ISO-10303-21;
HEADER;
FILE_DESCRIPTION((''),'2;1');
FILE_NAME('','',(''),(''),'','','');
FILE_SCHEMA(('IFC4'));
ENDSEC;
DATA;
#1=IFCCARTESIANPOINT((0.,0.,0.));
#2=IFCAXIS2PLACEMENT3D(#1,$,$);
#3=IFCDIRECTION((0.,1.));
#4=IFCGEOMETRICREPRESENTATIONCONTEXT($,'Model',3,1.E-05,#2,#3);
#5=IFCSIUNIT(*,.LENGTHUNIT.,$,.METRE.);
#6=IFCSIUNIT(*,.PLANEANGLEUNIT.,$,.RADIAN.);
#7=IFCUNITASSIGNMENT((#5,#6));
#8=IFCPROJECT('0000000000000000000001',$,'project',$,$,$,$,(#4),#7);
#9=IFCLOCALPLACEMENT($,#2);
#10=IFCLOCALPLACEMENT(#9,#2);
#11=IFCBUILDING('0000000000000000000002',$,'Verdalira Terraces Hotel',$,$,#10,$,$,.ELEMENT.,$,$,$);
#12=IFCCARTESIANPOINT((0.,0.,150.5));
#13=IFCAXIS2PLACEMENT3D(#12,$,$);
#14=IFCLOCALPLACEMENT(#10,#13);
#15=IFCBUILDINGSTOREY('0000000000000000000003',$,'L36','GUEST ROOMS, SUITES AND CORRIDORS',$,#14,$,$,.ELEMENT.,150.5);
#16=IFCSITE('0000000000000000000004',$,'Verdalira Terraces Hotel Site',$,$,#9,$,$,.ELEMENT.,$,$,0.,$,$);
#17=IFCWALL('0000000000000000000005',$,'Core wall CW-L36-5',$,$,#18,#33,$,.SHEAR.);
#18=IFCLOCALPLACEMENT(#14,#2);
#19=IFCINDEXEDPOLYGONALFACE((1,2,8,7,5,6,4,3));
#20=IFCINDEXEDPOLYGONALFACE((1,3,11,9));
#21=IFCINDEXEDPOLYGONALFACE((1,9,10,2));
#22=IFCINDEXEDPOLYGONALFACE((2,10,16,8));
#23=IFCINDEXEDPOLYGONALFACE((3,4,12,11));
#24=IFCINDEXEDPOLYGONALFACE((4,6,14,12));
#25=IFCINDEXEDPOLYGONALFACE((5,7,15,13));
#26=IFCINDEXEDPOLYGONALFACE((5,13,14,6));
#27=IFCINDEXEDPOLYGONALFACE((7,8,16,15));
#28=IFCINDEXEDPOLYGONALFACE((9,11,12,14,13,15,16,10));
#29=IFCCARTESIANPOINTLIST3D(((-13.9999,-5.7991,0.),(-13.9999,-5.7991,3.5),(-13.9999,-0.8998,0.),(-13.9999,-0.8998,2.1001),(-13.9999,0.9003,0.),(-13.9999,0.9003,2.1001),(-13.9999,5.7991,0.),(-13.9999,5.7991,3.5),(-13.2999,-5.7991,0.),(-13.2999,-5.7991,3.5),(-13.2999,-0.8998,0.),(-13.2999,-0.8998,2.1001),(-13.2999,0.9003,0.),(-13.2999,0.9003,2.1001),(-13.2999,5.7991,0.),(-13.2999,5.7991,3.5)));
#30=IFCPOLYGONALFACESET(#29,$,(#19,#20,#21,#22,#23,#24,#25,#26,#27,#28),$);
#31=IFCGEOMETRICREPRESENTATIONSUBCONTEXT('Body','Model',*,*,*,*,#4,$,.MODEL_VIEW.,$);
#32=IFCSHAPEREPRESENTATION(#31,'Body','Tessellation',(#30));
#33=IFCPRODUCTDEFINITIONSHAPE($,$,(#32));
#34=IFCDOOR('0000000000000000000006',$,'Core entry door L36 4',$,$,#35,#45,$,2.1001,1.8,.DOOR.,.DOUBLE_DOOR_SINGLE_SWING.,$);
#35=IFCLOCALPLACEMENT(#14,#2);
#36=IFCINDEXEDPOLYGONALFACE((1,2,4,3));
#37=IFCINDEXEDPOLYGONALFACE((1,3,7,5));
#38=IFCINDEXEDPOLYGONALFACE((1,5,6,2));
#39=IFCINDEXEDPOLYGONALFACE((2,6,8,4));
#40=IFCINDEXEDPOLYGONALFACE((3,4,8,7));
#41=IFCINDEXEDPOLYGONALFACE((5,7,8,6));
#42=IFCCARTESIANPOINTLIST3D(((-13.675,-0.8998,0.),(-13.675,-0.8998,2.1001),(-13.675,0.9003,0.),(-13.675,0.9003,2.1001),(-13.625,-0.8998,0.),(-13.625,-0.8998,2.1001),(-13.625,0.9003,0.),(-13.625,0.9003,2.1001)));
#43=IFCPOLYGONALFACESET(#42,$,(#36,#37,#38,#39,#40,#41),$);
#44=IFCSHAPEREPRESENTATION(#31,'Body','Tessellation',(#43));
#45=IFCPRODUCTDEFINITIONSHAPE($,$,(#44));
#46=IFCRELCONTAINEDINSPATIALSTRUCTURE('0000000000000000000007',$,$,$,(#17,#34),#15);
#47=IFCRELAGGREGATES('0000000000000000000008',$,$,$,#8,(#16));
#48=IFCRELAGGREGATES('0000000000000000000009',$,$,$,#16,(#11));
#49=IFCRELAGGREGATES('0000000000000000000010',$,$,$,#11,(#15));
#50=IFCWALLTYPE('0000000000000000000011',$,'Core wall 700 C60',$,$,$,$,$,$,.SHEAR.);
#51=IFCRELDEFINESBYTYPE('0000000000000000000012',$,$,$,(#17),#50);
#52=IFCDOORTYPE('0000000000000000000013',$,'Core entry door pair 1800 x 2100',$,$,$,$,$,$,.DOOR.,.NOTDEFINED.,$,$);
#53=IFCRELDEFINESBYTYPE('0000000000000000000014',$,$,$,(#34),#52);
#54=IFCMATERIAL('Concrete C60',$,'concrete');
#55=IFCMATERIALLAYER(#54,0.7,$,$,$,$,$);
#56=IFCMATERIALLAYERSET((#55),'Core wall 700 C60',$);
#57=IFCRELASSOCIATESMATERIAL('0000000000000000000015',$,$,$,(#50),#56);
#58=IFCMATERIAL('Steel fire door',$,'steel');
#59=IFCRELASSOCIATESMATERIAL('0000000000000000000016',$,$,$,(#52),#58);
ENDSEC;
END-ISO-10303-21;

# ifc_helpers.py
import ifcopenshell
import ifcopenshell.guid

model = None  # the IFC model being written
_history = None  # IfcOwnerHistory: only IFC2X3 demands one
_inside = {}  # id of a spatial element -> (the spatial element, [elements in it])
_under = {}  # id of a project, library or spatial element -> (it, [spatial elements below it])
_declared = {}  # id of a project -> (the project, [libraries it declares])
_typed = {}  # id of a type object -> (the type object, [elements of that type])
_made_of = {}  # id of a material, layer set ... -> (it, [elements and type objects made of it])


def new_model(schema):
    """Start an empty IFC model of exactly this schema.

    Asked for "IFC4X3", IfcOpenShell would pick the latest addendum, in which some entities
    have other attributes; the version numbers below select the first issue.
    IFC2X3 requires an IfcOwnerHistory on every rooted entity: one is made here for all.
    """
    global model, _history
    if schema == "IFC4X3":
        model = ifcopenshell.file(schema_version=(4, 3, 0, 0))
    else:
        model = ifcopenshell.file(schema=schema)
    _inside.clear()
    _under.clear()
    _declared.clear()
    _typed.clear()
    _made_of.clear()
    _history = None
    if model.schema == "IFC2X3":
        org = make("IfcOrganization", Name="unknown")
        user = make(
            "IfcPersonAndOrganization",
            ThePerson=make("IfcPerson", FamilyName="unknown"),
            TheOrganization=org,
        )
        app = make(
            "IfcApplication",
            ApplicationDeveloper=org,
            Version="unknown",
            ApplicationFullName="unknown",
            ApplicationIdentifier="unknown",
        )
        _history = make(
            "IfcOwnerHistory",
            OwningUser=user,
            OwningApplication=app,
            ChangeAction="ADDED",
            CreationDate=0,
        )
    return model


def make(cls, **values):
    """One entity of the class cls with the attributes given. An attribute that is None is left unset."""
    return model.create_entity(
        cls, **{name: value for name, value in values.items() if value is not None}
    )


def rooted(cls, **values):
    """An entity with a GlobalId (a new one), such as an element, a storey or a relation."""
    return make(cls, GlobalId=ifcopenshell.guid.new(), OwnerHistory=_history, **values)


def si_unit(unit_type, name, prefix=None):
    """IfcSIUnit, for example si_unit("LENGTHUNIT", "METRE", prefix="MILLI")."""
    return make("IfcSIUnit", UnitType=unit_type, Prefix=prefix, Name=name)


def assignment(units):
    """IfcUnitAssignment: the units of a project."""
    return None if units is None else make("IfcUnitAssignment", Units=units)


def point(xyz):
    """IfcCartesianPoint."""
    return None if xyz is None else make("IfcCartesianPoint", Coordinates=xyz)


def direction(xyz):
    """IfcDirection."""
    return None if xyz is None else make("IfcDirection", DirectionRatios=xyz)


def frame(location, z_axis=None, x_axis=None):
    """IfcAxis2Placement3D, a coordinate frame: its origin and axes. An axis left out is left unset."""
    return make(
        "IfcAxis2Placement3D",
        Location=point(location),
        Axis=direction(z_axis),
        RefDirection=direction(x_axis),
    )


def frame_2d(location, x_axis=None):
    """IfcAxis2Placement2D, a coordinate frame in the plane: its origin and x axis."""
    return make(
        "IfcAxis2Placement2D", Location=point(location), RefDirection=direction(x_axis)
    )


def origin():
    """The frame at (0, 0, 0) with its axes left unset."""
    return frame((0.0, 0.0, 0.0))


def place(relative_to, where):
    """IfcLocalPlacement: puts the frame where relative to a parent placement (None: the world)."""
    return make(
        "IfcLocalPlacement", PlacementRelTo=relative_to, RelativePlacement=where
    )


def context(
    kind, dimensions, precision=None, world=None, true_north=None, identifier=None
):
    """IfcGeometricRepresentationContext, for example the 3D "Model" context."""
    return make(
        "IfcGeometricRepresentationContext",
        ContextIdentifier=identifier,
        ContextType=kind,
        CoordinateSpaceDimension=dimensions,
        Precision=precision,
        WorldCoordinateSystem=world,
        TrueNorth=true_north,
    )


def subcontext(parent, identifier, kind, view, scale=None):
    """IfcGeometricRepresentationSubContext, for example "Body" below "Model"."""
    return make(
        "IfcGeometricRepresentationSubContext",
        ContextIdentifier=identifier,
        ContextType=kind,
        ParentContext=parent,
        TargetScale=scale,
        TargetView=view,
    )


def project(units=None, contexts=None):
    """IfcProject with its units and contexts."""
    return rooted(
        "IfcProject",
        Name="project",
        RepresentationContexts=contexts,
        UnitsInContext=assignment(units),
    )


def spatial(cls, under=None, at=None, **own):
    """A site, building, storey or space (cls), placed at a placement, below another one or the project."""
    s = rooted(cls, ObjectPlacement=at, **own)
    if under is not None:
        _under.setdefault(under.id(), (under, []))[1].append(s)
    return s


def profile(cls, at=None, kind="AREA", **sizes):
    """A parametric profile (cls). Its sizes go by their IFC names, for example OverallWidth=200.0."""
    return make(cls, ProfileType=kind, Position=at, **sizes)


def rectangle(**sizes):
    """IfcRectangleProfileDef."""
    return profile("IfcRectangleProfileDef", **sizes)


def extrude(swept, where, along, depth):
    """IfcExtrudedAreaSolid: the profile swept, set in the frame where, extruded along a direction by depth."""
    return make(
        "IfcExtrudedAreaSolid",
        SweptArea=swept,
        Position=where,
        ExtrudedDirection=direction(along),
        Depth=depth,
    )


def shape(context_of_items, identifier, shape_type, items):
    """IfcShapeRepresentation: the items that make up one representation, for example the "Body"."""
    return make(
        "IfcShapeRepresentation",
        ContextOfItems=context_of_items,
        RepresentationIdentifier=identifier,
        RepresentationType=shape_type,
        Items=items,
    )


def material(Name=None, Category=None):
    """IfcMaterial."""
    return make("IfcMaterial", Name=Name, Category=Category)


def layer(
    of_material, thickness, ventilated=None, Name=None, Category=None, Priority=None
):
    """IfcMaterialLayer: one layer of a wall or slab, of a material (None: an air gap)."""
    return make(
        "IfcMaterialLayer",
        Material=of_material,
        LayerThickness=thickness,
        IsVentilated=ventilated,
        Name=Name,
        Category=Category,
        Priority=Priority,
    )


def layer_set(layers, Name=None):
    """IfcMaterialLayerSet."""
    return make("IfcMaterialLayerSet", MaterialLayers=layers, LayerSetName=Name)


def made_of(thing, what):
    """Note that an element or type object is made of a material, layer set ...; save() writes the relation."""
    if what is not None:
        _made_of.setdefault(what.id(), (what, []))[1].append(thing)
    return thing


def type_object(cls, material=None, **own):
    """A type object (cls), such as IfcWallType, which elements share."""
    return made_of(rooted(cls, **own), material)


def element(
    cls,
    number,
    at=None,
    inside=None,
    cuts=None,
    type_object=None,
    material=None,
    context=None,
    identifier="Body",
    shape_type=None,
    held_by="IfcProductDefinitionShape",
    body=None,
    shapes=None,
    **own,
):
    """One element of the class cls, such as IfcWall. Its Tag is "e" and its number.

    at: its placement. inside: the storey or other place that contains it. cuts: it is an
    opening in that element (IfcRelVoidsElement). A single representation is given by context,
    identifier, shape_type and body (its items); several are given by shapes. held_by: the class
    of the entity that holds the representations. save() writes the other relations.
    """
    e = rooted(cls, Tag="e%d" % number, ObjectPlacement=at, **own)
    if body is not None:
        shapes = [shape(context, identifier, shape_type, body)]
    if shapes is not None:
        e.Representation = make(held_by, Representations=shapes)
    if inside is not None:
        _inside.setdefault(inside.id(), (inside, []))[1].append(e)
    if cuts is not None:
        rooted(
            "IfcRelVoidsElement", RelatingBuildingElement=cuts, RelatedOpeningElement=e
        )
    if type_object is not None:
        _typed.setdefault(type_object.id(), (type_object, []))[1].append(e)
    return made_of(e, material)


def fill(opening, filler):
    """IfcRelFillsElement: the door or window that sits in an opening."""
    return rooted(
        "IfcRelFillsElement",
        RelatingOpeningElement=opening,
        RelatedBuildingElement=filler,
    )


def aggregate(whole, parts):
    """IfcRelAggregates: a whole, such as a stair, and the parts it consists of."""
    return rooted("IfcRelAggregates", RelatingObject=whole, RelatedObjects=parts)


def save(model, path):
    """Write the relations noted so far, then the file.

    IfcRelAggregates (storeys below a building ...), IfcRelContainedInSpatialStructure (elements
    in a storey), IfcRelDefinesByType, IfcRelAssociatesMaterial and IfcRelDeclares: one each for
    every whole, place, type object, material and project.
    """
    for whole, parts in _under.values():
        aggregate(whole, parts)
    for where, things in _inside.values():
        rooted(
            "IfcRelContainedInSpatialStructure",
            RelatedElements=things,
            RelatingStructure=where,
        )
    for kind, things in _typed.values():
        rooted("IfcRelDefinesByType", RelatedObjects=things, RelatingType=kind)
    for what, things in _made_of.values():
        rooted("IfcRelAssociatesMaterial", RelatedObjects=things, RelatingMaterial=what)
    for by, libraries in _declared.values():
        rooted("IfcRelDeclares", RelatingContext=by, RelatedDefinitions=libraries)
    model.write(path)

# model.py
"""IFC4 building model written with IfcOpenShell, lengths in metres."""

from ifc_helpers import new_model, si_unit, direction, frame, frame_2d, origin, place, context, subcontext, project, spatial, rectangle, extrude, material, layer, layer_set, type_object, element, fill, save


model = new_model("IFC4")

# Units and contexts
model_context = context("Model", 3, precision=1e-05, world=origin(), true_north=direction((0.0, 1.0)))
body_context = subcontext(model_context, "Body", "Model", "MODEL_VIEW")
ifc_project = project(units=[si_unit("LENGTHUNIT", "METRE"), si_unit("PLANEANGLEUNIT", "RADIAN")], contexts=[model_context])

# Site, building, storey
site_placement = place(None, origin())
site = spatial("IfcSite", under=ifc_project, at=site_placement, Name="Verdalira Terraces Hotel Site", CompositionType="ELEMENT", RefElevation=0.0)
building_placement = place(site_placement, origin())
building = spatial("IfcBuilding", under=site, at=building_placement, Name="Verdalira Terraces Hotel", CompositionType="ELEMENT")
storey_placement = place(building_placement, frame((0.0, 0.0, 150.5)))
storey = spatial("IfcBuildingStorey", under=building, at=storey_placement, Name="L36", Description="GUEST ROOMS, SUITES AND CORRIDORS", CompositionType="ELEMENT", Elevation=150.5)

# Wall, opening, door
ifc_material_1 = material(Name="Concrete C60", Category="concrete")
ifc_layer_1 = layer(ifc_material_1, 0.7)
ifc_layer_set_1 = layer_set([ifc_layer_1], Name="Core wall 700 C60")
wall_type_1 = type_object("IfcWallType", Name="Core wall 700 C60", PredefinedType="SHEAR", material=ifc_layer_set_1)
wall_1_placement = place(storey_placement, frame((-13.6499, 5.7991, 0.0), z_axis=(0.0, 0.0, 1.0), x_axis=(0.0, -1.0, 0.0)))
wall_1 = element("IfcWall", 1, at=wall_1_placement, inside=storey, type_object=wall_type_1, Name="Core wall CW-L36-5", PredefinedType="SHEAR", context=body_context, shape_type="SweptSolid", body=[
    extrude(rectangle(XDim=11.5981, YDim=0.7, at=frame_2d((5.7991, 0.0))), origin(), (0.0, 0.0, 1.0), 3.5),
])
opening_1_placement = place(wall_1_placement, frame((4.8989, 0.0, 0.0)))
opening_1 = element("IfcOpeningElement", 2, at=opening_1_placement, cuts=wall_1, PredefinedType="OPENING", context=body_context, shape_type="SweptSolid", body=[
    extrude(rectangle(XDim=1.8, YDim=2.1001, at=frame_2d((0.8999, 1.05))), frame((0.0, 0.3599, 0.0), z_axis=(0.0, -1.0, 0.0), x_axis=(1.0, 0.0, 0.0)), (0.0, 0.0, 1.0), 0.72),
])
ifc_material_2 = material(Name="Steel fire door", Category="steel")
door_type_1 = type_object("IfcDoorType", Name="Core entry door pair 1800 x 2100", OperationType="NOTDEFINED", PredefinedType="DOOR", material=ifc_material_2)
door_1_placement = place(opening_1_placement, origin())
door_1 = element("IfcDoor", 3, at=door_1_placement, inside=storey, type_object=door_type_1, Name="Core entry door L36 4", OperationType="DOUBLE_DOOR_SINGLE_SWING", OverallHeight=2.1001, OverallWidth=1.8, PredefinedType="DOOR", context=body_context, shape_type="SweptSolid", body=[
    extrude(rectangle(XDim=1.8, YDim=2.1001, at=frame_2d((0.8999, 1.05))), frame((0.0, 0.0249, 0.0), z_axis=(0.0, -1.0, 0.0), x_axis=(1.0, 0.0, 0.0)), (0.0, 0.0, 1.0), 0.05),
])
fill(opening_1, door_1)

save(model, "model.ifc")
